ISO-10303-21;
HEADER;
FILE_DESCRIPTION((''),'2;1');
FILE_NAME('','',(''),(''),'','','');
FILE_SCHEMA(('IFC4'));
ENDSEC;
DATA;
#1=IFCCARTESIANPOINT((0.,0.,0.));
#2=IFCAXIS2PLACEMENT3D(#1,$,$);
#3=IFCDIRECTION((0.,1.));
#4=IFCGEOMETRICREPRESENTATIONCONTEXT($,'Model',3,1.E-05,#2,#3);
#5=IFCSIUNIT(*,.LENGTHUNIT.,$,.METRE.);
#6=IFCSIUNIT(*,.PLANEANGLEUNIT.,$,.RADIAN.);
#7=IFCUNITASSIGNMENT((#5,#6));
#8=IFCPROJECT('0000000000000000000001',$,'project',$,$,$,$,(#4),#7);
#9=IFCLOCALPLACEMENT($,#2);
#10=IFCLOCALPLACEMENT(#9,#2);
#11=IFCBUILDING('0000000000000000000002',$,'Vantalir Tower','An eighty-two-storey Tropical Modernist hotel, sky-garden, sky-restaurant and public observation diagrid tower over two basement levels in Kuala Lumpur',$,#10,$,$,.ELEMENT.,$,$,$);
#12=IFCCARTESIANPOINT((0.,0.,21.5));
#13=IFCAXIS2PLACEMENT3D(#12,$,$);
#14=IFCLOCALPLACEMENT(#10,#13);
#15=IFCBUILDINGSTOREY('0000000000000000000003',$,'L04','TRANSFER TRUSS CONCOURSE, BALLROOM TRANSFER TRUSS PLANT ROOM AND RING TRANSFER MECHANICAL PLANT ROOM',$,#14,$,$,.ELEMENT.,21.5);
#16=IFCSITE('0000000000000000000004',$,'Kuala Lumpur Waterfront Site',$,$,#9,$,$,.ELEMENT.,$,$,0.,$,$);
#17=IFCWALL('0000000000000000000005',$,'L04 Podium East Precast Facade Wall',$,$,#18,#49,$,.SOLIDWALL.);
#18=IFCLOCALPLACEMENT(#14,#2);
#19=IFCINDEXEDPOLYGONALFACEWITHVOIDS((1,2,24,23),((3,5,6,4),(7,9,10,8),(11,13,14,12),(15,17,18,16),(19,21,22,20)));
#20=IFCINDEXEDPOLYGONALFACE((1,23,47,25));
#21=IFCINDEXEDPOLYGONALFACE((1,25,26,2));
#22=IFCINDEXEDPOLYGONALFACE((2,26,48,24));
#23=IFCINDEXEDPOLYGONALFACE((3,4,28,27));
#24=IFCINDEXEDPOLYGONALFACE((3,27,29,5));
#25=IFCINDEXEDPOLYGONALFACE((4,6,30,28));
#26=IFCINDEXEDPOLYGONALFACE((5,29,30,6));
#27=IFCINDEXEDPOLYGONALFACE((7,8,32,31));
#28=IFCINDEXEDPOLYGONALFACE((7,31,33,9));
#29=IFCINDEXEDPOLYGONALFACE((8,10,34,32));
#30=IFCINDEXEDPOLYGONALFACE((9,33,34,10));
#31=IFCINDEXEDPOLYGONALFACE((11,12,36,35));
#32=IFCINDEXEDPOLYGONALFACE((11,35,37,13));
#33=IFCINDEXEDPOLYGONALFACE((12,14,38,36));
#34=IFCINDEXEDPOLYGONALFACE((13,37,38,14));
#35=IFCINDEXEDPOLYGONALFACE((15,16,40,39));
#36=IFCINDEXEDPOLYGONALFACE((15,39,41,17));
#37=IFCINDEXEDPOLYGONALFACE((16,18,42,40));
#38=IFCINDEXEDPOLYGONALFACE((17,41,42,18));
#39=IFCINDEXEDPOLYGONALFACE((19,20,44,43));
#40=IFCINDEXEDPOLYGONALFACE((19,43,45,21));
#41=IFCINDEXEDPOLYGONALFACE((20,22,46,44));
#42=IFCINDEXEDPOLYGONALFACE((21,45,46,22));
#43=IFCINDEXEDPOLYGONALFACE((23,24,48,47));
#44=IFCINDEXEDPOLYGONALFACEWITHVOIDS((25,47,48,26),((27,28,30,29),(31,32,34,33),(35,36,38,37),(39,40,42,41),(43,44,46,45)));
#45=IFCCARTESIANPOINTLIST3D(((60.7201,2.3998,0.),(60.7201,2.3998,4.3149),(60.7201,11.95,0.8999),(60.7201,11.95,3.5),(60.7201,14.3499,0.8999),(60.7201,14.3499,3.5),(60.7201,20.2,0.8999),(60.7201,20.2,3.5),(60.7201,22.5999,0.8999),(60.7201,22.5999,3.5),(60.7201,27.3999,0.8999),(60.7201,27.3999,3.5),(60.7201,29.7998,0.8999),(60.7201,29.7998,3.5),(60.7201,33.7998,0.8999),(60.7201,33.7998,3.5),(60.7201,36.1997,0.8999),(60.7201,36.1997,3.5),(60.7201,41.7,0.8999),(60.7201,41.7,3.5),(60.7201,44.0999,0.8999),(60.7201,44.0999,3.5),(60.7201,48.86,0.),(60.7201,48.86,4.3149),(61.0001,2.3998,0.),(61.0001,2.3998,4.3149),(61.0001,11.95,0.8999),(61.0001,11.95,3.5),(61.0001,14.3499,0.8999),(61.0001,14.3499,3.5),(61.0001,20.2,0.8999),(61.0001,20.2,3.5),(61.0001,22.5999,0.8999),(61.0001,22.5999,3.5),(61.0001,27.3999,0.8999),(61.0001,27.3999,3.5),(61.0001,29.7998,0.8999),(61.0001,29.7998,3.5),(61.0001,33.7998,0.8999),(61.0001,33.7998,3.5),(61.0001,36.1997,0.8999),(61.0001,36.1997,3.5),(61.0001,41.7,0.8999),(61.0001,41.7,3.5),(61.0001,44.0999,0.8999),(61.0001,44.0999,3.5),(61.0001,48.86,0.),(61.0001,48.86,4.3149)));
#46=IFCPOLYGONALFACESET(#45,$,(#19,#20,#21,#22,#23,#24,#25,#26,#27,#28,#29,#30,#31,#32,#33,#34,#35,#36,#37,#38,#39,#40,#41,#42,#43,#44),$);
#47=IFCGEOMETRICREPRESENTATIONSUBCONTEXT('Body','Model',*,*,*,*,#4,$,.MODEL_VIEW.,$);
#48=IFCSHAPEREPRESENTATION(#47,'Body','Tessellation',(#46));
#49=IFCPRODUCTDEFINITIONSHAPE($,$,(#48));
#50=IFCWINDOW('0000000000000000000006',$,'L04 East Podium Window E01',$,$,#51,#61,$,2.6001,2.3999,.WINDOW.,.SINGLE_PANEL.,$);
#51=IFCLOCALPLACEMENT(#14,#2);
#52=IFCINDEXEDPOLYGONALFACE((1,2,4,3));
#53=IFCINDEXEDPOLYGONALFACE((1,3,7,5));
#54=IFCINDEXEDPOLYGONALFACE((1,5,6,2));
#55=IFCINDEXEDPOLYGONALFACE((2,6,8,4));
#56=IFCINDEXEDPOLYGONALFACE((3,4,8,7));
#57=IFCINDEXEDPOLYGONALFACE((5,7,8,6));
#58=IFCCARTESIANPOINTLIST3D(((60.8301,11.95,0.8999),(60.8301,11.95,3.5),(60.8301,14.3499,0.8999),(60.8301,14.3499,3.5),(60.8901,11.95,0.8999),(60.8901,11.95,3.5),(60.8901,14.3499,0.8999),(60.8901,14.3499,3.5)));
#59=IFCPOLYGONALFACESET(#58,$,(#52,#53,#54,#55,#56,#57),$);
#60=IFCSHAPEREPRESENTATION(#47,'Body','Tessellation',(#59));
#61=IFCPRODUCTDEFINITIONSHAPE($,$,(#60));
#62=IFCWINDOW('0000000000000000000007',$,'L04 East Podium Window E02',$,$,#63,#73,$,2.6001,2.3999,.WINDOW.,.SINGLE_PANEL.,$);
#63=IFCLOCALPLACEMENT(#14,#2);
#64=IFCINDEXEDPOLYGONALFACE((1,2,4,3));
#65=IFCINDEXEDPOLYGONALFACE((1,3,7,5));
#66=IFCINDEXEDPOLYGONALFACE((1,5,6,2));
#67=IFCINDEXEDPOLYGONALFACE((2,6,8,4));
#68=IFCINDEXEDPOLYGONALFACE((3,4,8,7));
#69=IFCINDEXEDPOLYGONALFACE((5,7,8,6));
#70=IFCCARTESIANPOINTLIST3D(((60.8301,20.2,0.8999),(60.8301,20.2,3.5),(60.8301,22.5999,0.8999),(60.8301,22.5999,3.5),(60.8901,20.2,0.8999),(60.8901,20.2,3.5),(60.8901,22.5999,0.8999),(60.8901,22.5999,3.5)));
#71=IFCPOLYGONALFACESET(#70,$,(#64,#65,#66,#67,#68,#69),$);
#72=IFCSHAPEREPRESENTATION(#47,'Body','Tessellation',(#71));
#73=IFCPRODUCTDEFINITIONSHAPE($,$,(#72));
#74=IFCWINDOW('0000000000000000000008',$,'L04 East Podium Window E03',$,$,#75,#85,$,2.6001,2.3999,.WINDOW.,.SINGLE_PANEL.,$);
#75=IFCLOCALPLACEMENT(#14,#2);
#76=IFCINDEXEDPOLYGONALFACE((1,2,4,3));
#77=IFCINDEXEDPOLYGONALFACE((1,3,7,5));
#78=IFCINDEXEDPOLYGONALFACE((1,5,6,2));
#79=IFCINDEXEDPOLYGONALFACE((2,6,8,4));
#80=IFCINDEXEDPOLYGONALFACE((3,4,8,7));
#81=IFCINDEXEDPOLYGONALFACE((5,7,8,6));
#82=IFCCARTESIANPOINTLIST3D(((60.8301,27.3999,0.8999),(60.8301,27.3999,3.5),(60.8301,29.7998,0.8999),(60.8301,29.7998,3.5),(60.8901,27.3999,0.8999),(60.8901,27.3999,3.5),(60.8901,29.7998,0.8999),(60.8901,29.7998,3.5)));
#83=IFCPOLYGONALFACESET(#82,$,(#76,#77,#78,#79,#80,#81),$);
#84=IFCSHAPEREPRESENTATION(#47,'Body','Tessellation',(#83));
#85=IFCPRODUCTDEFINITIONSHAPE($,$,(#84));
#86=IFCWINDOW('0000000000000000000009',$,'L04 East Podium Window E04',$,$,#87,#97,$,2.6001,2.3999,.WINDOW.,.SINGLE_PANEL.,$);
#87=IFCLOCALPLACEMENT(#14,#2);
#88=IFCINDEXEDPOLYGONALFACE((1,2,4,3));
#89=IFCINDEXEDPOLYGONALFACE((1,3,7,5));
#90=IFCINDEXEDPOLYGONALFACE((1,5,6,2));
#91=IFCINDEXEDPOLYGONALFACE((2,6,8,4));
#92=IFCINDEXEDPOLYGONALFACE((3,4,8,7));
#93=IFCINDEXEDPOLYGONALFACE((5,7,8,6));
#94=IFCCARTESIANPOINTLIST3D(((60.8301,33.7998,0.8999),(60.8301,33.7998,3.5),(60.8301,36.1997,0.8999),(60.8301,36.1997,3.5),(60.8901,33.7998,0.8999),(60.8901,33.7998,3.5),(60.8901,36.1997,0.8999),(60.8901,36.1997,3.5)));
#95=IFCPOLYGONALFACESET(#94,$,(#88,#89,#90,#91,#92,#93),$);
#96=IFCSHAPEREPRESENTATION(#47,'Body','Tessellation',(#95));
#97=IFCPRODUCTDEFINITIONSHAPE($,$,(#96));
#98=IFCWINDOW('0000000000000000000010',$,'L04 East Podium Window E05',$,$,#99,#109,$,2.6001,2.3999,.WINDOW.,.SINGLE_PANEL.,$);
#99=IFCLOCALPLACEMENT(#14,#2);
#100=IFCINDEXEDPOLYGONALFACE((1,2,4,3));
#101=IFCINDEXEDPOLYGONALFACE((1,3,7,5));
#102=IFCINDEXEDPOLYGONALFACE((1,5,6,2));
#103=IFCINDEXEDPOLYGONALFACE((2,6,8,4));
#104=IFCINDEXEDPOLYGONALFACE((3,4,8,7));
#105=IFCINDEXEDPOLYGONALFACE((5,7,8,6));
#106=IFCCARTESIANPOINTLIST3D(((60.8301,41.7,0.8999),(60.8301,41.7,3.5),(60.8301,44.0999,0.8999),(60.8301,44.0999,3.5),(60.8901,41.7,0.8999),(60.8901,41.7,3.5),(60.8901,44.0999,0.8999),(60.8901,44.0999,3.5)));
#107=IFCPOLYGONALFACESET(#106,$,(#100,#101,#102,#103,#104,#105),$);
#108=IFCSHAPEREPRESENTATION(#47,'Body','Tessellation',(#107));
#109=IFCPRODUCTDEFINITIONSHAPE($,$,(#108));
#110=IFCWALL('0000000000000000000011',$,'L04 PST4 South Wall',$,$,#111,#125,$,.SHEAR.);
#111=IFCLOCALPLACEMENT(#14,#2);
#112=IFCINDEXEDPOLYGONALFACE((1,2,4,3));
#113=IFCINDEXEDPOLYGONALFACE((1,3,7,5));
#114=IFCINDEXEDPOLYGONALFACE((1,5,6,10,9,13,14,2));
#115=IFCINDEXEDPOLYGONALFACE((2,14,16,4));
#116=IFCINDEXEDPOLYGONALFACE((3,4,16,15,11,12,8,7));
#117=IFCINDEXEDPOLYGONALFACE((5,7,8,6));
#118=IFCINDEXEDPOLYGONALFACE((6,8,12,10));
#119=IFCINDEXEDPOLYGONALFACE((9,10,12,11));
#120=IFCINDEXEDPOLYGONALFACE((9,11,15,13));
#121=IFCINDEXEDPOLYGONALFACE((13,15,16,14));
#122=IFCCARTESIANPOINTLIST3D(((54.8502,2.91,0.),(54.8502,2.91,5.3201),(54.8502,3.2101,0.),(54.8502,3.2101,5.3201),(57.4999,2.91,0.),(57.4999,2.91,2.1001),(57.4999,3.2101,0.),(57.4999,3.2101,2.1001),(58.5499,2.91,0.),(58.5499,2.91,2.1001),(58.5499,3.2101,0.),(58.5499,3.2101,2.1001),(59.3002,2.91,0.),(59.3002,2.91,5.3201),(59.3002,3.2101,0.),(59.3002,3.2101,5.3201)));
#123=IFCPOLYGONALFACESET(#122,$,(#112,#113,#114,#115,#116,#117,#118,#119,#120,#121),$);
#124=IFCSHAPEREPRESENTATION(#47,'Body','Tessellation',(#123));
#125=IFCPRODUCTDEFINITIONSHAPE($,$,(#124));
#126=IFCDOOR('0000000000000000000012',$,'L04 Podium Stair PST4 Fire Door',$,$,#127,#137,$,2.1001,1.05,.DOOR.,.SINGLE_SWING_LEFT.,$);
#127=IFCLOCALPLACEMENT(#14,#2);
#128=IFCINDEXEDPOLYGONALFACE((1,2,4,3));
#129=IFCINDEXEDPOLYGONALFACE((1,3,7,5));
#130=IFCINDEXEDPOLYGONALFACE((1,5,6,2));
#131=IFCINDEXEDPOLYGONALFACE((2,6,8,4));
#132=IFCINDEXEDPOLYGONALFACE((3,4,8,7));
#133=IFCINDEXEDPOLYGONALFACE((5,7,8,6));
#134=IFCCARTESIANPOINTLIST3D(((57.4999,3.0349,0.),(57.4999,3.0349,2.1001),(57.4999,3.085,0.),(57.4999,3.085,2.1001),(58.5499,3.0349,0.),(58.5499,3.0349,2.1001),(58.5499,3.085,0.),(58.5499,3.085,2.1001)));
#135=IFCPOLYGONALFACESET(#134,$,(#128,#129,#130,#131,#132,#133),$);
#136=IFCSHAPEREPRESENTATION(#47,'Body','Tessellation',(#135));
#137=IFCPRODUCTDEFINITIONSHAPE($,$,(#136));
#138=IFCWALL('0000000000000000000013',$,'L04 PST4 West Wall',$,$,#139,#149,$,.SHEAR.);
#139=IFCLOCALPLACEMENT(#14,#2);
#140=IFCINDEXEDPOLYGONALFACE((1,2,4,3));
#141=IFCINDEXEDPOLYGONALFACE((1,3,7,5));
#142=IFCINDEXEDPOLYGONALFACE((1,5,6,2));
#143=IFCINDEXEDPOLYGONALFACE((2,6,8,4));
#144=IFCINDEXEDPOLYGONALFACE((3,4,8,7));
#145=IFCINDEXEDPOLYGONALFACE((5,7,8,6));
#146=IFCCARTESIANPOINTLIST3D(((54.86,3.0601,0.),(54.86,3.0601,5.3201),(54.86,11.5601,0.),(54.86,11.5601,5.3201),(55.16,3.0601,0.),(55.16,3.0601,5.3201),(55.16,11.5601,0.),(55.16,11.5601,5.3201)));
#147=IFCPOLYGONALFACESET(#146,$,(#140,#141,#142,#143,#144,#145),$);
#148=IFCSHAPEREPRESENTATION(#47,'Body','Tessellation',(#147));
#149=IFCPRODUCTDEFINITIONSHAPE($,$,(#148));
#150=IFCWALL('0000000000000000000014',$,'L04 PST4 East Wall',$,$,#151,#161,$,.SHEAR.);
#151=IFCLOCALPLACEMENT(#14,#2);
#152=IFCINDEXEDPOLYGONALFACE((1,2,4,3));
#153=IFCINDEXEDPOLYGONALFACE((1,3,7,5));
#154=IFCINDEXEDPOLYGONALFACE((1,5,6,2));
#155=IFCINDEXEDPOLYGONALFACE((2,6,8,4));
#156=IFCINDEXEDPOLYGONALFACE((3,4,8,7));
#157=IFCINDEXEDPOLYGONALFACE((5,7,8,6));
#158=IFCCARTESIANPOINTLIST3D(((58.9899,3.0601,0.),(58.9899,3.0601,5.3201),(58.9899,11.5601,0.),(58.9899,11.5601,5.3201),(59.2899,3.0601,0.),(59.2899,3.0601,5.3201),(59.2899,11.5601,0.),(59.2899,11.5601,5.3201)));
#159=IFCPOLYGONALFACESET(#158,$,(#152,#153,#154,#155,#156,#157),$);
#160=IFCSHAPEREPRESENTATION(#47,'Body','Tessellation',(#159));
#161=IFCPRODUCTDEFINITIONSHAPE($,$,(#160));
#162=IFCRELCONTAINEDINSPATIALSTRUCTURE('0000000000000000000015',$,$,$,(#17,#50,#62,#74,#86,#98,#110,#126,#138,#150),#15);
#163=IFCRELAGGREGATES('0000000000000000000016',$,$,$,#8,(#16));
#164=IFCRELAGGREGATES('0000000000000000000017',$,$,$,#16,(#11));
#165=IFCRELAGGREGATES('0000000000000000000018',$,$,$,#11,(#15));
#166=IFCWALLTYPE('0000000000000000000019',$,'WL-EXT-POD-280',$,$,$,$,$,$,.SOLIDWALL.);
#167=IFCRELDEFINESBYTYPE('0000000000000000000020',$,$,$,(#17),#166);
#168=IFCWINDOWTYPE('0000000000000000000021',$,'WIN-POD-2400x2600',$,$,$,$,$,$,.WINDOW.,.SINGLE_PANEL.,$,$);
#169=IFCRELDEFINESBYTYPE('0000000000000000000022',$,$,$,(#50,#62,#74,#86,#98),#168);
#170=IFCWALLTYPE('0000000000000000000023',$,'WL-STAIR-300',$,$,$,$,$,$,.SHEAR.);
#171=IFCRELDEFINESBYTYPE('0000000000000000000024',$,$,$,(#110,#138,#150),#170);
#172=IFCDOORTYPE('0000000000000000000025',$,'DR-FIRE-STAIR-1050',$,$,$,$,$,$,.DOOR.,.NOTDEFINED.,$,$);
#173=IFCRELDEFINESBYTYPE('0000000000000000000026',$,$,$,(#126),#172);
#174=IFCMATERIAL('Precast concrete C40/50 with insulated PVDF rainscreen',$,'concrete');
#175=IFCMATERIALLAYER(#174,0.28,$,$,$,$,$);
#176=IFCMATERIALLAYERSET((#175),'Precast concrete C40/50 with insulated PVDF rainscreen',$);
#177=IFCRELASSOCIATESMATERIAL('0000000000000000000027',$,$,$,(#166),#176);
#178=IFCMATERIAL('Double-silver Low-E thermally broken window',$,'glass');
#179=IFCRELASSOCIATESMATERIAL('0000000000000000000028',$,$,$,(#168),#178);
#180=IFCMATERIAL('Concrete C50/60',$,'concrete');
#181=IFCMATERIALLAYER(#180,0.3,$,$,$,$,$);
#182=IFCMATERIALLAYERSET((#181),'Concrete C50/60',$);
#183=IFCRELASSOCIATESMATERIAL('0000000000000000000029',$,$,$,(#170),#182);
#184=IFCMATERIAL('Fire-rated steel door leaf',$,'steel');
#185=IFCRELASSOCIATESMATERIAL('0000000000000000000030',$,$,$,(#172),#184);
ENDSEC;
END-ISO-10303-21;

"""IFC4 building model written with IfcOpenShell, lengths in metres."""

from ifc_helpers import new_model, si_unit, direction, frame, frame_2d, origin, place, context, subcontext, project, spatial, rectangle, extrude, material, layer, layer_set, type_object, element, fill, save


model = new_model("IFC4")

# Units and contexts
model_context = context("Model", 3, precision=1e-05, world=origin(), true_north=direction((0.0, 1.0)))
body_context = subcontext(model_context, "Body", "Model", "MODEL_VIEW")
ifc_project = project(units=[si_unit("LENGTHUNIT", "METRE"), si_unit("PLANEANGLEUNIT", "RADIAN")], contexts=[model_context])

# Site, building, storey
site_placement = place(None, origin())
site = spatial("IfcSite", under=ifc_project, at=site_placement, Name="Kuala Lumpur Waterfront Site", CompositionType="ELEMENT", RefElevation=0.0)
building_placement = place(site_placement, origin())
building = spatial("IfcBuilding", under=site, at=building_placement, Name="Vantalir Tower", Description="An eighty-two-storey Tropical Modernist hotel, sky-garden, sky-restaurant and public observation diagrid tower over two basement levels in Kuala Lumpur", CompositionType="ELEMENT")
storey_placement = place(building_placement, frame((0.0, 0.0, 21.5)))
storey = spatial("IfcBuildingStorey", under=building, at=storey_placement, Name="L04", Description="TRANSFER TRUSS CONCOURSE, BALLROOM TRANSFER TRUSS PLANT ROOM AND RING TRANSFER MECHANICAL PLANT ROOM", CompositionType="ELEMENT", Elevation=21.5)

# Shared definitions
ifc_material_1 = material(Name="Concrete C50/60", Category="concrete")

# Wall, openings, windows
ifc_material_2 = material(Name="Precast concrete C40/50 with insulated PVDF rainscreen", Category="concrete")
ifc_layer_1 = layer(ifc_material_2, 0.28)
ifc_layer_set_1 = layer_set([ifc_layer_1], Name="Precast concrete C40/50 with insulated PVDF rainscreen")
wall_type_1 = type_object("IfcWallType", Name="WL-EXT-POD-280", PredefinedType="SOLIDWALL", material=ifc_layer_set_1)
wall_1_placement = place(storey_placement, frame((60.8601, 2.3999, 0.0), z_axis=(0.0, 0.0, 1.0), x_axis=(0.0, 1.0, 0.0)))
wall_1 = element("IfcWall", 1, at=wall_1_placement, inside=storey, type_object=wall_type_1, Name="L04 Podium East Precast Facade Wall", PredefinedType="SOLIDWALL", context=body_context, shape_type="SweptSolid", body=[
    extrude(rectangle(XDim=46.4602, YDim=0.28, at=frame_2d((23.23, 0.0))), origin(), (0.0, 0.0, 1.0), 4.3149),
])
opening_1_placement = place(wall_1_placement, frame((9.55, 0.0, 0.8999)))
opening_1 = element("IfcOpeningElement", 2, at=opening_1_placement, cuts=wall_1, PredefinedType="OPENING", context=body_context, shape_type="SweptSolid", body=[
    extrude(rectangle(XDim=2.3999, YDim=2.6001, at=frame_2d((1.2, 1.3))), frame((0.0, 0.1499, 0.0), z_axis=(0.0, -1.0, 0.0), x_axis=(1.0, 0.0, 0.0)), (0.0, 0.0, 1.0), 0.3),
])
opening_2_placement = place(wall_1_placement, frame((17.8, 0.0, 0.8999)))
opening_2 = element("IfcOpeningElement", 3, at=opening_2_placement, cuts=wall_1, PredefinedType="OPENING", context=body_context, shape_type="SweptSolid", body=[
    extrude(rectangle(XDim=2.3999, YDim=2.6001, at=frame_2d((1.2, 1.3))), frame((0.0, 0.1499, 0.0), z_axis=(0.0, -1.0, 0.0), x_axis=(1.0, 0.0, 0.0)), (0.0, 0.0, 1.0), 0.3),
])
opening_3_placement = place(wall_1_placement, frame((25.0, 0.0, 0.8999)))
opening_3 = element("IfcOpeningElement", 4, at=opening_3_placement, cuts=wall_1, PredefinedType="OPENING", context=body_context, shape_type="SweptSolid", body=[
    extrude(rectangle(XDim=2.3999, YDim=2.6001, at=frame_2d((1.2, 1.3))), frame((0.0, 0.1499, 0.0), z_axis=(0.0, -1.0, 0.0), x_axis=(1.0, 0.0, 0.0)), (0.0, 0.0, 1.0), 0.3),
])
opening_4_placement = place(wall_1_placement, frame((31.3999, 0.0, 0.8999)))
opening_4 = element("IfcOpeningElement", 5, at=opening_4_placement, cuts=wall_1, PredefinedType="OPENING", context=body_context, shape_type="SweptSolid", body=[
    extrude(rectangle(XDim=2.3999, YDim=2.6001, at=frame_2d((1.2, 1.3))), frame((0.0, 0.1499, 0.0), z_axis=(0.0, -1.0, 0.0), x_axis=(1.0, 0.0, 0.0)), (0.0, 0.0, 1.0), 0.3),
])
opening_5_placement = place(wall_1_placement, frame((39.3, 0.0, 0.8999)))
opening_5 = element("IfcOpeningElement", 6, at=opening_5_placement, cuts=wall_1, PredefinedType="OPENING", context=body_context, shape_type="SweptSolid", body=[
    extrude(rectangle(XDim=2.3999, YDim=2.6001, at=frame_2d((1.2, 1.3))), frame((0.0, 0.1499, 0.0), z_axis=(0.0, -1.0, 0.0), x_axis=(1.0, 0.0, 0.0)), (0.0, 0.0, 1.0), 0.3),
])
ifc_material_3 = material(Name="Double-silver Low-E thermally broken window", Category="glass")
window_type = type_object("IfcWindowType", Name="WIN-POD-2400x2600", PartitioningType="SINGLE_PANEL", PredefinedType="WINDOW", material=ifc_material_3)
window_1_placement = place(opening_1_placement, origin())
window_1 = element("IfcWindow", 7, at=window_1_placement, inside=storey, type_object=window_type, Name="L04 East Podium Window E01", OverallHeight=2.6001, OverallWidth=2.3999, PartitioningType="SINGLE_PANEL", PredefinedType="WINDOW", context=body_context, shape_type="SweptSolid", body=[
    extrude(rectangle(XDim=2.3999, YDim=2.6001, at=frame_2d((1.2, 1.3))), frame((0.0, 0.03, 0.0), z_axis=(0.0, -1.0, 0.0), x_axis=(1.0, 0.0, 0.0)), (0.0, 0.0, 1.0), 0.0601),
])
fill(opening_1, window_1)
window_2_placement = place(opening_2_placement, origin())
window_2 = element("IfcWindow", 8, at=window_2_placement, inside=storey, type_object=window_type, Name="L04 East Podium Window E02", OverallHeight=2.6001, OverallWidth=2.3999, PartitioningType="SINGLE_PANEL", PredefinedType="WINDOW", context=body_context, shape_type="SweptSolid", body=[
    extrude(rectangle(XDim=2.3999, YDim=2.6001, at=frame_2d((1.2, 1.3))), frame((0.0, 0.03, 0.0), z_axis=(0.0, -1.0, 0.0), x_axis=(1.0, 0.0, 0.0)), (0.0, 0.0, 1.0), 0.0601),
])
fill(opening_2, window_2)
window_3_placement = place(opening_3_placement, origin())
window_3 = element("IfcWindow", 9, at=window_3_placement, inside=storey, type_object=window_type, Name="L04 East Podium Window E03", OverallHeight=2.6001, OverallWidth=2.3999, PartitioningType="SINGLE_PANEL", PredefinedType="WINDOW", context=body_context, shape_type="SweptSolid", body=[
    extrude(rectangle(XDim=2.3999, YDim=2.6001, at=frame_2d((1.2, 1.3))), frame((0.0, 0.03, 0.0), z_axis=(0.0, -1.0, 0.0), x_axis=(1.0, 0.0, 0.0)), (0.0, 0.0, 1.0), 0.0601),
])
fill(opening_3, window_3)
window_4_placement = place(opening_4_placement, origin())
window_4 = element("IfcWindow", 10, at=window_4_placement, inside=storey, type_object=window_type, Name="L04 East Podium Window E04", OverallHeight=2.6001, OverallWidth=2.3999, PartitioningType="SINGLE_PANEL", PredefinedType="WINDOW", context=body_context, shape_type="SweptSolid", body=[
    extrude(rectangle(XDim=2.3999, YDim=2.6001, at=frame_2d((1.2, 1.3))), frame((0.0, 0.03, 0.0), z_axis=(0.0, -1.0, 0.0), x_axis=(1.0, 0.0, 0.0)), (0.0, 0.0, 1.0), 0.0601),
])
fill(opening_4, window_4)
window_5_placement = place(opening_5_placement, origin())
window_5 = element("IfcWindow", 11, at=window_5_placement, inside=storey, type_object=window_type, Name="L04 East Podium Window E05", OverallHeight=2.6001, OverallWidth=2.3999, PartitioningType="SINGLE_PANEL", PredefinedType="WINDOW", context=body_context, shape_type="SweptSolid", body=[
    extrude(rectangle(XDim=2.3999, YDim=2.6001, at=frame_2d((1.2, 1.3))), frame((0.0, 0.03, 0.0), z_axis=(0.0, -1.0, 0.0), x_axis=(1.0, 0.0, 0.0)), (0.0, 0.0, 1.0), 0.0601),
])
fill(opening_5, window_5)

# Wall, opening, door
ifc_layer_2 = layer(ifc_material_1, 0.3)
ifc_layer_set_2 = layer_set([ifc_layer_2], Name="Concrete C50/60")
wall_type_2 = type_object("IfcWallType", Name="WL-STAIR-300", PredefinedType="SHEAR", material=ifc_layer_set_2)
wall_2_placement = place(storey_placement, frame((54.8501, 3.0601, 0.0), z_axis=(0.0, 0.0, 1.0), x_axis=(1.0, 0.0, 0.0)))
wall_2 = element("IfcWall", 12, at=wall_2_placement, inside=storey, type_object=wall_type_2, Name="L04 PST4 South Wall", PredefinedType="SHEAR", context=body_context, shape_type="SweptSolid", body=[
    extrude(rectangle(XDim=4.45, YDim=0.3, at=frame_2d((2.2251, 0.0))), origin(), (0.0, 0.0, 1.0), 5.3201),
])
opening_6_placement = place(wall_2_placement, frame((2.6499, 0.0, 0.0)))
opening_6 = element("IfcOpeningElement", 13, at=opening_6_placement, cuts=wall_2, PredefinedType="OPENING", context=body_context, shape_type="SweptSolid", body=[
    extrude(rectangle(XDim=1.05, YDim=2.1001, at=frame_2d((0.5249, 1.05))), frame((0.0, 0.1599, 0.0), z_axis=(0.0, -1.0, 0.0), x_axis=(1.0, 0.0, 0.0)), (0.0, 0.0, 1.0), 0.3201),
])
ifc_material_4 = material(Name="Fire-rated steel door leaf", Category="steel")
door_type = type_object("IfcDoorType", Name="DR-FIRE-STAIR-1050", OperationType="NOTDEFINED", PredefinedType="DOOR", material=ifc_material_4)
door_placement = place(opening_6_placement, origin())
door = element("IfcDoor", 14, at=door_placement, inside=storey, type_object=door_type, Name="L04 Podium Stair PST4 Fire Door", OperationType="SINGLE_SWING_LEFT", OverallHeight=2.1001, OverallWidth=1.05, PredefinedType="DOOR", context=body_context, shape_type="SweptSolid", body=[
    extrude(rectangle(XDim=1.05, YDim=2.1001, at=frame_2d((0.5249, 1.05))), frame((0.0, 0.0249, 0.0), z_axis=(0.0, -1.0, 0.0), x_axis=(1.0, 0.0, 0.0)), (0.0, 0.0, 1.0), 0.05),
])
fill(opening_6, door)

# Walls
for number, where, z_axis, x_axis, name in (
    (15, (55.01, 3.0601, 0.0), (0.0, 0.0, 1.0), (0.0, 1.0, 0.0), "L04 PST4 West Wall"),
    (16, (59.1399, 3.0601, 0.0), (0.0, 0.0, 1.0), (0.0, 1.0, 0.0), "L04 PST4 East Wall"),
):
    element("IfcWall", number, at=place(storey_placement, frame(where, z_axis=z_axis, x_axis=x_axis)), inside=storey, type_object=wall_type_2, Name=name, PredefinedType="SHEAR", context=body_context, shape_type="SweptSolid", body=[
        extrude(rectangle(XDim=8.5, YDim=0.3, at=frame_2d((4.25, 0.0))), origin(), (0.0, 0.0, 1.0), 5.3201),
    ])

save(model, "model.ifc")
